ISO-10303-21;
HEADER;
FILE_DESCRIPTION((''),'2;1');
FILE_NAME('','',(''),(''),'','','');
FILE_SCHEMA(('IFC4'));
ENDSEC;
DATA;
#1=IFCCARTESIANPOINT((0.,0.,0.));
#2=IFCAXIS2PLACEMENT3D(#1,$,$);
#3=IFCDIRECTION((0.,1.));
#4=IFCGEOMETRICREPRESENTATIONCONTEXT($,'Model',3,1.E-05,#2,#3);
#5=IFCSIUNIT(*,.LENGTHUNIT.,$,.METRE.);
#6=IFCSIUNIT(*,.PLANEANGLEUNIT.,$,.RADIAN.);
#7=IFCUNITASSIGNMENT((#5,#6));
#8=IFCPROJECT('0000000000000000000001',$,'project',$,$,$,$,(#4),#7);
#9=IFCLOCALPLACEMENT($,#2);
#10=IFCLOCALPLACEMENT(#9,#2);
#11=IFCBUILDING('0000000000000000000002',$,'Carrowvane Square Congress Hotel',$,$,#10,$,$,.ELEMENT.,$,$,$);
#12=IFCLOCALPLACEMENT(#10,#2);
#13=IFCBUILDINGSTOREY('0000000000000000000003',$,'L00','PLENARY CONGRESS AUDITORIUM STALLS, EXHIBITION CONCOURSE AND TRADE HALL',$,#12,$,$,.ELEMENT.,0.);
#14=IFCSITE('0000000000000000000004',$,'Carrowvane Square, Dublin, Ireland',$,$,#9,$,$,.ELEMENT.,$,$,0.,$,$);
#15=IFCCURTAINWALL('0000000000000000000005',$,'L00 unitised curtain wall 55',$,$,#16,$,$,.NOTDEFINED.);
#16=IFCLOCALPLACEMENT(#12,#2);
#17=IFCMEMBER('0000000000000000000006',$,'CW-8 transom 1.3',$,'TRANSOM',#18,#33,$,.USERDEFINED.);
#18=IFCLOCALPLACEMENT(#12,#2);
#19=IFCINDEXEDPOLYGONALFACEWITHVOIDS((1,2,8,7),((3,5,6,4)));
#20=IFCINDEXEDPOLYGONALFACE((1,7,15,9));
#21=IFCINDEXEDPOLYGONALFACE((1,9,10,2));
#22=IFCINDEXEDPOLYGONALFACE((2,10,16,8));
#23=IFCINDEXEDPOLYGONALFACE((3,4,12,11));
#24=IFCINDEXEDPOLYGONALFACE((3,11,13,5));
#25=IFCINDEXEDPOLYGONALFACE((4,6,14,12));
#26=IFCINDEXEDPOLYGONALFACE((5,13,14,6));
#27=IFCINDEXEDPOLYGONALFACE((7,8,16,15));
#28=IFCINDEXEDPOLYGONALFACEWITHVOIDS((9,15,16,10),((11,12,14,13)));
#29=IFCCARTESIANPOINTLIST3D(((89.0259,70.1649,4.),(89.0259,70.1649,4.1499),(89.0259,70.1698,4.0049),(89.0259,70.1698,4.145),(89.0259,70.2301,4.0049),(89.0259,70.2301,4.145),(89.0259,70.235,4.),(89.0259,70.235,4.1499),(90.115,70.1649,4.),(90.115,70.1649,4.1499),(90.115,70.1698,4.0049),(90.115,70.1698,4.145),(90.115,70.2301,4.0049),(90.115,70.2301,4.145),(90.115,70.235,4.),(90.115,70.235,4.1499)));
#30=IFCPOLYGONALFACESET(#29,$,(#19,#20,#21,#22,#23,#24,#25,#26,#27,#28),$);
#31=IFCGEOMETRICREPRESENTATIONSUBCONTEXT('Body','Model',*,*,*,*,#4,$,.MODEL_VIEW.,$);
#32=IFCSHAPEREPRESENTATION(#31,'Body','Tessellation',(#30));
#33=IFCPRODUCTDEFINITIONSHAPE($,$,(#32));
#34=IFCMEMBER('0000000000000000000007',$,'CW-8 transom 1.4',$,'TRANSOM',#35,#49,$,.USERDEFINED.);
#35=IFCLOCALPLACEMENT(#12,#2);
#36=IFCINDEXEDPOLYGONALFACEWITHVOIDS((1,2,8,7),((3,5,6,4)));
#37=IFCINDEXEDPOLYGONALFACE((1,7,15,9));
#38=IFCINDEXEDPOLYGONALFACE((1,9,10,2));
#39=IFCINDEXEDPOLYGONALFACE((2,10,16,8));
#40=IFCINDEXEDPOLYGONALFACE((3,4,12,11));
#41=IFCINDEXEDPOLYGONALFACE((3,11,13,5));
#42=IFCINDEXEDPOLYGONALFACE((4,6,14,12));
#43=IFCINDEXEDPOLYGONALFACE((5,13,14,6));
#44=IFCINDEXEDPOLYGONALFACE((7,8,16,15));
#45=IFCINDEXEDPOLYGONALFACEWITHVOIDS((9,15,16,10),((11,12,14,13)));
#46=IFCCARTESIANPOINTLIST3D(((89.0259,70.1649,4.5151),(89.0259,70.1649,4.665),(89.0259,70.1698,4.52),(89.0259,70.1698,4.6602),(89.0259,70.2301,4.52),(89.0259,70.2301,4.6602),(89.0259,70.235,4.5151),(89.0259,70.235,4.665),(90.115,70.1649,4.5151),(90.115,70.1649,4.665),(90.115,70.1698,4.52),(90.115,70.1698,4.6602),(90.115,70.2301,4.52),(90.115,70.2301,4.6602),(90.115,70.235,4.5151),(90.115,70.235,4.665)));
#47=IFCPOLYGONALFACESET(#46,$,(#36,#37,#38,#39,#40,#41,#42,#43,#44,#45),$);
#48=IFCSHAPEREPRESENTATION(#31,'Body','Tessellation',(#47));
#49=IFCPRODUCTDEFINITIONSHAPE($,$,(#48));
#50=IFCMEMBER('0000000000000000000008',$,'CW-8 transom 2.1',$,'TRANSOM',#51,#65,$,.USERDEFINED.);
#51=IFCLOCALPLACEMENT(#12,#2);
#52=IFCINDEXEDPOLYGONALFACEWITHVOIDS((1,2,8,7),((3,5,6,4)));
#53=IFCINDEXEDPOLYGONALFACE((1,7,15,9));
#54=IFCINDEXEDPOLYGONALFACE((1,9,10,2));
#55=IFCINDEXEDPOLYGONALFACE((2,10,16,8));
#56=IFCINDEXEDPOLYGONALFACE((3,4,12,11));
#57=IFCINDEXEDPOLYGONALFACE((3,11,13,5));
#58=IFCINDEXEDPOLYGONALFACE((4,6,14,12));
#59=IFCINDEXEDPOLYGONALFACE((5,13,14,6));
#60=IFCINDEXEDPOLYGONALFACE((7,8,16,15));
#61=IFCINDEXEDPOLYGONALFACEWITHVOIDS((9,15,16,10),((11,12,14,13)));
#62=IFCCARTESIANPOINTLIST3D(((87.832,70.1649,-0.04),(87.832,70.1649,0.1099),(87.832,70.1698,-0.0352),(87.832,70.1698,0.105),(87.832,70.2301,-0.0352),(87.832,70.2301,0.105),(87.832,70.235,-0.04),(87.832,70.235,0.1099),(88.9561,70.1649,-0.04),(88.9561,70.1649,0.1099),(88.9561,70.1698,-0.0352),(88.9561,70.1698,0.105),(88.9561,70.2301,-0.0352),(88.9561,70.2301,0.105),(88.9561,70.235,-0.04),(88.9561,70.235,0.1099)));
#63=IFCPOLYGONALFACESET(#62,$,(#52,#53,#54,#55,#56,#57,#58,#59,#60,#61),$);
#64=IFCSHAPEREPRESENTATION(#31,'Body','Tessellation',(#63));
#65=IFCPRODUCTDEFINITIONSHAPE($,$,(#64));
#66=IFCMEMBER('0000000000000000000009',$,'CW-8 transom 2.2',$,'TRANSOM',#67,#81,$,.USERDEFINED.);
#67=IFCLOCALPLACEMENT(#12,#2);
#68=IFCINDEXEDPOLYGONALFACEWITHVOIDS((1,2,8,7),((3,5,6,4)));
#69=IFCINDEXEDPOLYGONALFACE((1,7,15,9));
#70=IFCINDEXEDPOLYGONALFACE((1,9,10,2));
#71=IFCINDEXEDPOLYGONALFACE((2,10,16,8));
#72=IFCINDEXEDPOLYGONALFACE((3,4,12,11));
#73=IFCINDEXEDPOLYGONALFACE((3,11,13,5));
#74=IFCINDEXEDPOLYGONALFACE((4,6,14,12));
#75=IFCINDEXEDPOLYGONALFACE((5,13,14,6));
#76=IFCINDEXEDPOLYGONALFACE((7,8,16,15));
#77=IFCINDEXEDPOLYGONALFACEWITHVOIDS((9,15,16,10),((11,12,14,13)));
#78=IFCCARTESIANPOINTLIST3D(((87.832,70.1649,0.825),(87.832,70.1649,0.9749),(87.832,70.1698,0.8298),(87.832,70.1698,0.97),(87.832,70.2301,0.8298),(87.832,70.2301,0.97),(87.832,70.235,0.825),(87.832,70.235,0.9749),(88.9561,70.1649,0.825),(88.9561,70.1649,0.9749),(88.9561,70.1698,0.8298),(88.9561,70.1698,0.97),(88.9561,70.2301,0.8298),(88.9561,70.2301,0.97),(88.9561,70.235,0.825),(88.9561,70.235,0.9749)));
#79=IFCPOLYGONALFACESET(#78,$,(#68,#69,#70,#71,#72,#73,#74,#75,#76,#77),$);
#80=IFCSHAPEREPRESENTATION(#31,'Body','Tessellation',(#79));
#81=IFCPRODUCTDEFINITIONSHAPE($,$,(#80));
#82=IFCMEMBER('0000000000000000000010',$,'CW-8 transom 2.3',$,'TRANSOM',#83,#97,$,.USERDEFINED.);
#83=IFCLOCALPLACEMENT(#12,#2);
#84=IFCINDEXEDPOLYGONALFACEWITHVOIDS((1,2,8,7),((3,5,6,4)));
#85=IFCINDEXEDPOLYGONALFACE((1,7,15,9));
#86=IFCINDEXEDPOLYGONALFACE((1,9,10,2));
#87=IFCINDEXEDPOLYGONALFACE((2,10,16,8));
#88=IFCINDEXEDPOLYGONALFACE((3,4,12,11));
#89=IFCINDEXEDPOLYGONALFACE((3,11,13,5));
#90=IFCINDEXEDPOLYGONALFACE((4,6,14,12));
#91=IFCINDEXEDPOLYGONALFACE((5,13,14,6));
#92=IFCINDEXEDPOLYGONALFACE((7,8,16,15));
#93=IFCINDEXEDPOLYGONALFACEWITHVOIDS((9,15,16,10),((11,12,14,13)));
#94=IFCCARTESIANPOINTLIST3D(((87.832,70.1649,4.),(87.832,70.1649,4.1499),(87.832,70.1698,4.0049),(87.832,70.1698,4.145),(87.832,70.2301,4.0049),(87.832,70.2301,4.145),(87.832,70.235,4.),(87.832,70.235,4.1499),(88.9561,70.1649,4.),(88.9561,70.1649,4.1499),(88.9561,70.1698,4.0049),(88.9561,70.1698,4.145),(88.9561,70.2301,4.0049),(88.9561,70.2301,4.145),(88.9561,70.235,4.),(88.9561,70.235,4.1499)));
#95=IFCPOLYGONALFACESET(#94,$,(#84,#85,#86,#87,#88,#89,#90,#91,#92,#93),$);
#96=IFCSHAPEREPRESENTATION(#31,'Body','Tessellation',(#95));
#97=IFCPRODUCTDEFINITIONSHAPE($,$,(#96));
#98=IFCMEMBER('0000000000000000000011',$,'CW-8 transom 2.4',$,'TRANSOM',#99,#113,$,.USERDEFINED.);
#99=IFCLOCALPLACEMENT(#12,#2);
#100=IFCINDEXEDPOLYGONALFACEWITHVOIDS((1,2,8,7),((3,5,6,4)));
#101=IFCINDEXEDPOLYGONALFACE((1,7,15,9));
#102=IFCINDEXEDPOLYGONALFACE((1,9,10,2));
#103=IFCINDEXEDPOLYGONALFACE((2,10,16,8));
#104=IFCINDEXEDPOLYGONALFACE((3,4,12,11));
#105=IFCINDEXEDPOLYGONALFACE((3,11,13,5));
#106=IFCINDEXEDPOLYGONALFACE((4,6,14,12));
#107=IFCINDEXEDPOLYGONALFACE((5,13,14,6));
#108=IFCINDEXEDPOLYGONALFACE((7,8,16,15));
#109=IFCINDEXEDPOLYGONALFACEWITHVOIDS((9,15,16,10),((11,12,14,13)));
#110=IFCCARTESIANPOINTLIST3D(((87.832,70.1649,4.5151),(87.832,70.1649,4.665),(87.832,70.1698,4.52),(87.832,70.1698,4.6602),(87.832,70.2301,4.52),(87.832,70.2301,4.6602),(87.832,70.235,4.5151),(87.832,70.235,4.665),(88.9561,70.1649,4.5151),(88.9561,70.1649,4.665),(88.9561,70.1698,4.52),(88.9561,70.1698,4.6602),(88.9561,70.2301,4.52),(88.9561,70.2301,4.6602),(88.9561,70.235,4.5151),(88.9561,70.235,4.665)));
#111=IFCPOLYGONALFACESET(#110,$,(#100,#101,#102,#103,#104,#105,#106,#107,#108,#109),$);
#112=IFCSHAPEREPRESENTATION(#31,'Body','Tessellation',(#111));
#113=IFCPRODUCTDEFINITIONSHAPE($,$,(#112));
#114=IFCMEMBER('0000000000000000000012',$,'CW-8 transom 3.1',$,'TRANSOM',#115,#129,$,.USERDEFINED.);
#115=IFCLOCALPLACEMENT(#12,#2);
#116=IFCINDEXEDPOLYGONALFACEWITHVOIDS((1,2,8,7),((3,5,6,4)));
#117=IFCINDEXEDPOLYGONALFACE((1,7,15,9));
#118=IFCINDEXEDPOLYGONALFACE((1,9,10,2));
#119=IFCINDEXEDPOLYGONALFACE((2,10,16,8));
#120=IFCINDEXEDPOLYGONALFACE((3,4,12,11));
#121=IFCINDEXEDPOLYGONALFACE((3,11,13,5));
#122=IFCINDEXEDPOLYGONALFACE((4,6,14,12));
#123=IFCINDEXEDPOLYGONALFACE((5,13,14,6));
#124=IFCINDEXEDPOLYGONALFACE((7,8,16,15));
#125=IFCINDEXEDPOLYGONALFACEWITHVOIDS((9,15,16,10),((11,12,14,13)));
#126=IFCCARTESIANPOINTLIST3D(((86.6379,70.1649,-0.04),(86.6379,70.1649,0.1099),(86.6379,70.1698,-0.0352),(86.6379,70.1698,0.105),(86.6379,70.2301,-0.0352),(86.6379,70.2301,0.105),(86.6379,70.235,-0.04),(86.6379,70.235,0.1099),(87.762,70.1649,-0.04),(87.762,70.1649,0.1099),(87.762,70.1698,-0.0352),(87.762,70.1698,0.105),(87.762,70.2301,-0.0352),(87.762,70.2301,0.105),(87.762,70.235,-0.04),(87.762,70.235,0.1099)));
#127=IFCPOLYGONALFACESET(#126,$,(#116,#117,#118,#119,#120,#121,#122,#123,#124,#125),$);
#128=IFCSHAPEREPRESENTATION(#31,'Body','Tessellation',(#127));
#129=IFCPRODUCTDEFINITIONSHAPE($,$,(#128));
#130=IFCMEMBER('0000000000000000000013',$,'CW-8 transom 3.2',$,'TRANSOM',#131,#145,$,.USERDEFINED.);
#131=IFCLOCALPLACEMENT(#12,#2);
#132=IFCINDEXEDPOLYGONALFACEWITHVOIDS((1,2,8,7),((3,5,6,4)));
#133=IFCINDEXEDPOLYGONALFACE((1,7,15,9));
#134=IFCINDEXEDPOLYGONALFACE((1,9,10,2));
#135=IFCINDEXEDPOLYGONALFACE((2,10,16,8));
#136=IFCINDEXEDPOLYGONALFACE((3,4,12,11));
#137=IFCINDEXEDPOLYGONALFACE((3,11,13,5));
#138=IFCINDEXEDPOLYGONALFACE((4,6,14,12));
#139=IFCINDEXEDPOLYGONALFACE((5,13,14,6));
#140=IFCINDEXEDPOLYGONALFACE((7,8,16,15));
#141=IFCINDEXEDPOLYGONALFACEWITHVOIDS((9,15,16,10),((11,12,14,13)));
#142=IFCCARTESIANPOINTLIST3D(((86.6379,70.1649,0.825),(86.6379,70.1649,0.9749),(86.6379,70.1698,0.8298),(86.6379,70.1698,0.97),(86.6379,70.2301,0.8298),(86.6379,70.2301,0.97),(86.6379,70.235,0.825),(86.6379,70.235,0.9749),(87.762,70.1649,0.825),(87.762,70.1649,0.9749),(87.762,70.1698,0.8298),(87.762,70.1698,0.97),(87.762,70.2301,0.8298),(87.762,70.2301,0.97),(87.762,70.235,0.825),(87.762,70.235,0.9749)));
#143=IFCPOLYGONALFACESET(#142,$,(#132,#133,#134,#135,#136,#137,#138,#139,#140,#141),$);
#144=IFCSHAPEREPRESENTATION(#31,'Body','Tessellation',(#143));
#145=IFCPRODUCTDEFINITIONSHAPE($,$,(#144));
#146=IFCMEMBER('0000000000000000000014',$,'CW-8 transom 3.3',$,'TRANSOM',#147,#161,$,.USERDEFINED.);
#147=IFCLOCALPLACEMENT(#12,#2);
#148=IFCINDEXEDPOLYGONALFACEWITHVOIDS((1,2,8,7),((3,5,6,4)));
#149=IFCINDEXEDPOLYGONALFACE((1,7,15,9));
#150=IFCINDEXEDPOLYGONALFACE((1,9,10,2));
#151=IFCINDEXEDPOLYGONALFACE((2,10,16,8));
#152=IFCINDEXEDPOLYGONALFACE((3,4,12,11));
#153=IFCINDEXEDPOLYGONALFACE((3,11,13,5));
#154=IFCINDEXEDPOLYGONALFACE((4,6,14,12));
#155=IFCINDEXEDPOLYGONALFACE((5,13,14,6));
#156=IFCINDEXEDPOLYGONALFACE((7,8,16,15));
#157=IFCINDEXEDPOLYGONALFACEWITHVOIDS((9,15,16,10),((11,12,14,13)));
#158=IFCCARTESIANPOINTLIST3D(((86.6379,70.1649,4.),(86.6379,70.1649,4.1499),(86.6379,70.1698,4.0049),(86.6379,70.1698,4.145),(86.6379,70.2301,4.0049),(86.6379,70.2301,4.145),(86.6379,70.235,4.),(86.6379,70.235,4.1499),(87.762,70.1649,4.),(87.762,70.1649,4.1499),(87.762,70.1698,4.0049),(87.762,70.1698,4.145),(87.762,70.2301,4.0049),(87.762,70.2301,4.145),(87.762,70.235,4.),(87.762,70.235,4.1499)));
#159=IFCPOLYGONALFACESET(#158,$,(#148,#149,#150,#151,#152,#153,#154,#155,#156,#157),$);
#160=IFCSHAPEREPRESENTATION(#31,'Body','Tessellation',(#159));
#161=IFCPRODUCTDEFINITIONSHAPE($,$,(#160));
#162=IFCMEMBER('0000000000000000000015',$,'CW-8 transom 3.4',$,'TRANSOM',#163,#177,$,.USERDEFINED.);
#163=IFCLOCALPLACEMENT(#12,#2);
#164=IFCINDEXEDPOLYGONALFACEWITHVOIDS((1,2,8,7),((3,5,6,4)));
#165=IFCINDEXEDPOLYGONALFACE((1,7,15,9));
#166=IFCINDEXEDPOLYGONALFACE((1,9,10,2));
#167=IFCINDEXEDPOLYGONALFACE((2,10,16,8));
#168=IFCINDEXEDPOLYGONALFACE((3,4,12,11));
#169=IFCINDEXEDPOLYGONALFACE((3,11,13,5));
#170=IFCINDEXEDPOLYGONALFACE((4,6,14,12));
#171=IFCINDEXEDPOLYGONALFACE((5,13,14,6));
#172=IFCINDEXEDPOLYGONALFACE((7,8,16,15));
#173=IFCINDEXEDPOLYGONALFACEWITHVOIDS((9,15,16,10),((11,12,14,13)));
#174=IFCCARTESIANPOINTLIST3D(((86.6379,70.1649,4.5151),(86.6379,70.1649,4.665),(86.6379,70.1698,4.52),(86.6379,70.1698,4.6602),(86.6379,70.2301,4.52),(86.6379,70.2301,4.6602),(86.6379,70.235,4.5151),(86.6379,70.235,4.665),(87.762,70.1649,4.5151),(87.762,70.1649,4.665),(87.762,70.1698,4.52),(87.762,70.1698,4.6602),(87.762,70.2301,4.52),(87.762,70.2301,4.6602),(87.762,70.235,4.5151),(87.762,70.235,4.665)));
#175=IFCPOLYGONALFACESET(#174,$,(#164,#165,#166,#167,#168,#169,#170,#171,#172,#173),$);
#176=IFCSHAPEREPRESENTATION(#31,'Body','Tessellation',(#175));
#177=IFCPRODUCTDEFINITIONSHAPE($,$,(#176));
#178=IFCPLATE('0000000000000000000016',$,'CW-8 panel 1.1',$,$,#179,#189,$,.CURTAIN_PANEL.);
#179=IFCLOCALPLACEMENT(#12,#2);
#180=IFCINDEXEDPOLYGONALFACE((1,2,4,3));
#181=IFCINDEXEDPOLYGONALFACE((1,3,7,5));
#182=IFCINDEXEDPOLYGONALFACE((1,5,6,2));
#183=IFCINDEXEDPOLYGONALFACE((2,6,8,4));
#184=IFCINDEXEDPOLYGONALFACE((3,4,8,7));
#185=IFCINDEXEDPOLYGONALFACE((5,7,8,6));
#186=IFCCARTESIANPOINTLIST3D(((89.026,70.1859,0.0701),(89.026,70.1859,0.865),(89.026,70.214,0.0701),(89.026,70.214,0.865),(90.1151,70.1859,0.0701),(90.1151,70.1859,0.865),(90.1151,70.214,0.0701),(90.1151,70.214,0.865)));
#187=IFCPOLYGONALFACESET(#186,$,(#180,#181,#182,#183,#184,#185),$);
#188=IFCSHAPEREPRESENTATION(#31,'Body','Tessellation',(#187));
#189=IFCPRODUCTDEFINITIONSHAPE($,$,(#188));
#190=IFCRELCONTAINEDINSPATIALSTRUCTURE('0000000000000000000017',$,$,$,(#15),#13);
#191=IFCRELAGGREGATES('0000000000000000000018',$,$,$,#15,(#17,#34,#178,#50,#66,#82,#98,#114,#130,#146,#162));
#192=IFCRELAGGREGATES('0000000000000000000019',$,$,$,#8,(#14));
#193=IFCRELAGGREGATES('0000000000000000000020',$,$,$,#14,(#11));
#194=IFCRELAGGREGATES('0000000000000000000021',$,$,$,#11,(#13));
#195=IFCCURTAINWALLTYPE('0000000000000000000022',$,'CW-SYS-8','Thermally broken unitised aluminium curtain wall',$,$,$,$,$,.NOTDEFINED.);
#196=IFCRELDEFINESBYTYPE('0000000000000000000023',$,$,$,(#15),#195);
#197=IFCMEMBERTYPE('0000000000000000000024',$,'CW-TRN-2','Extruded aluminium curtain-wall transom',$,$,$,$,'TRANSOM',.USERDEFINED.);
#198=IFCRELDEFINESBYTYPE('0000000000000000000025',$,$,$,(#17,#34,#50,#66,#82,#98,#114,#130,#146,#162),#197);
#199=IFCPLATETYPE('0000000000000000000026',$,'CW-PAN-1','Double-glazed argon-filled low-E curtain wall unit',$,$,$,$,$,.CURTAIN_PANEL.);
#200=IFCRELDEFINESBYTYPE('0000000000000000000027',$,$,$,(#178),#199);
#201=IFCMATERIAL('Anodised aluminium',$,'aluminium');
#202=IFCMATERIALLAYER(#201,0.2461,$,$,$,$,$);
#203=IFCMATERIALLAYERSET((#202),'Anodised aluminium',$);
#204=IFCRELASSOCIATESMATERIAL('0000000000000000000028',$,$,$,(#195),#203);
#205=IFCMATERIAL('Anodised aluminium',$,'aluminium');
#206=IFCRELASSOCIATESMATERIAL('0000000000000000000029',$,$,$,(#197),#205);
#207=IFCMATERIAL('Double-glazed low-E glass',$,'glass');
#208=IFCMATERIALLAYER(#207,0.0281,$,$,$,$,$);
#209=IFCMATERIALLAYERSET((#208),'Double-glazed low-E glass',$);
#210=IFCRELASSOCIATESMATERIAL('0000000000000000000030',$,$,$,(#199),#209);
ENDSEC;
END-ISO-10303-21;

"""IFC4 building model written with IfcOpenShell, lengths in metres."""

from ifc_helpers import new_model, si_unit, direction, frame, origin, origin_2d, place, context, subcontext, project, spatial, rectangle, hollow_rectangle, extrude, material, layer, layer_set, material_profile, profile_set, type_object, element, aggregate, save


model = new_model("IFC4")

# Units and contexts
model_context = context("Model", 3, precision=1e-05, world=origin(), true_north=direction((0.0, 1.0)))
body_context = subcontext(model_context, "Body", "Model", "MODEL_VIEW")
ifc_project = project(units=[si_unit("LENGTHUNIT", "METRE"), si_unit("PLANEANGLEUNIT", "RADIAN")], contexts=[model_context])

# Site, building, storey
site_placement = place(None, origin())
site = spatial("IfcSite", under=ifc_project, at=site_placement, Name="Carrowvane Square, Dublin, Ireland", CompositionType="ELEMENT", RefElevation=0.0)
building_placement = place(site_placement, origin())
building = spatial("IfcBuilding", under=site, at=building_placement, Name="Carrowvane Square Congress Hotel", CompositionType="ELEMENT")
storey_placement = place(building_placement, origin())
storey = spatial("IfcBuildingStorey", under=building, at=storey_placement, Name="L00", Description="PLENARY CONGRESS AUDITORIUM STALLS, EXHIBITION CONCOURSE AND TRADE HALL", CompositionType="ELEMENT", Elevation=0.0)

# Curtain wall
ifc_material_1 = material(Name="Anodised aluminium", Category="aluminium")
ifc_layer_1 = layer(ifc_material_1, 0.2461)
ifc_layer_set_1 = layer_set([ifc_layer_1], Name="Anodised aluminium")
curtain_wall_type_1 = type_object("IfcCurtainWallType", Name="CW-SYS-8", Description="Thermally broken unitised aluminium curtain wall", PredefinedType="NOTDEFINED", material=ifc_layer_set_1)
curtain_wall_1_placement = place(storey_placement, origin())
curtain_wall_1 = element("IfcCurtainWall", 1, at=curtain_wall_1_placement, inside=storey, type_object=curtain_wall_type_1, Name="L00 unitised curtain wall 55", PredefinedType="NOTDEFINED")

# Members
ifc_material_2 = material(Name="Anodised aluminium", Category="aluminium")
ifc_material_profile_1 = material_profile(ifc_material_2, hollow_rectangle(XDim=0.0701, YDim=0.1499, WallThickness=0.0049, at=origin_2d()), Name="CW-TR 70x150x5")
ifc_profile_set_1 = profile_set([ifc_material_profile_1], Name="Anodised aluminium")
member_type_1 = type_object("IfcMemberType", Name="CW-TRN-2", Description="Extruded aluminium curtain-wall transom", ElementType="TRANSOM", PredefinedType="USERDEFINED", material=ifc_profile_set_1)
member_1_placement = place(storey_placement, frame((90.115, 70.2, 4.075), z_axis=(-1.0, 0.0, 0.0), x_axis=(0.0, -1.0, 0.0)))
member_1 = element("IfcMember", 2, at=member_1_placement, type_object=member_type_1, Name="CW-8 transom 1.3", ObjectType="TRANSOM", PredefinedType="USERDEFINED", context=body_context, shape_type="SweptSolid", body=[
    extrude(hollow_rectangle(XDim=0.0701, YDim=0.1499, WallThickness=0.0049, at=origin_2d()), origin(), (0.0, 0.0, 1.0), 1.0891),
])
member_2_placement = place(storey_placement, frame((90.115, 70.2, 4.5901), z_axis=(-1.0, 0.0, 0.0), x_axis=(0.0, -1.0, 0.0)))
member_2 = element("IfcMember", 3, at=member_2_placement, type_object=member_type_1, Name="CW-8 transom 1.4", ObjectType="TRANSOM", PredefinedType="USERDEFINED", context=body_context, shape_type="SweptSolid", body=[
    extrude(hollow_rectangle(XDim=0.0701, YDim=0.1499, WallThickness=0.0049, at=origin_2d()), origin(), (0.0, 0.0, 1.0), 1.0891),
])
member_3_placement = place(storey_placement, frame((88.9561, 70.2, 0.0349), z_axis=(-1.0, 0.0, 0.0), x_axis=(0.0, -1.0, 0.0)))
member_3 = element("IfcMember", 4, at=member_3_placement, type_object=member_type_1, Name="CW-8 transom 2.1", ObjectType="TRANSOM", PredefinedType="USERDEFINED", context=body_context, shape_type="SweptSolid", body=[
    extrude(hollow_rectangle(XDim=0.0701, YDim=0.1499, WallThickness=0.0049, at=origin_2d()), origin(), (0.0, 0.0, 1.0), 1.124),
])
member_4_placement = place(storey_placement, frame((88.9561, 70.2, 0.8999), z_axis=(-1.0, 0.0, 0.0), x_axis=(0.0, -1.0, 0.0)))
member_4 = element("IfcMember", 5, at=member_4_placement, type_object=member_type_1, Name="CW-8 transom 2.2", ObjectType="TRANSOM", PredefinedType="USERDEFINED", context=body_context, shape_type="SweptSolid", body=[
    extrude(hollow_rectangle(XDim=0.0701, YDim=0.1499, WallThickness=0.0049, at=origin_2d()), origin(), (0.0, 0.0, 1.0), 1.124),
])
member_5_placement = place(storey_placement, frame((88.9561, 70.2, 4.075), z_axis=(-1.0, 0.0, 0.0), x_axis=(0.0, -1.0, 0.0)))
member_5 = element("IfcMember", 6, at=member_5_placement, type_object=member_type_1, Name="CW-8 transom 2.3", ObjectType="TRANSOM", PredefinedType="USERDEFINED", context=body_context, shape_type="SweptSolid", body=[
    extrude(hollow_rectangle(XDim=0.0701, YDim=0.1499, WallThickness=0.0049, at=origin_2d()), origin(), (0.0, 0.0, 1.0), 1.124),
])
member_6_placement = place(storey_placement, frame((88.9561, 70.2, 4.5901), z_axis=(-1.0, 0.0, 0.0), x_axis=(0.0, -1.0, 0.0)))
member_6 = element("IfcMember", 7, at=member_6_placement, type_object=member_type_1, Name="CW-8 transom 2.4", ObjectType="TRANSOM", PredefinedType="USERDEFINED", context=body_context, shape_type="SweptSolid", body=[
    extrude(hollow_rectangle(XDim=0.0701, YDim=0.1499, WallThickness=0.0049, at=origin_2d()), origin(), (0.0, 0.0, 1.0), 1.124),
])
member_7_placement = place(storey_placement, frame((87.762, 70.2, 0.0349), z_axis=(-1.0, 0.0, 0.0), x_axis=(0.0, -1.0, 0.0)))
member_7 = element("IfcMember", 8, at=member_7_placement, type_object=member_type_1, Name="CW-8 transom 3.1", ObjectType="TRANSOM", PredefinedType="USERDEFINED", context=body_context, shape_type="SweptSolid", body=[
    extrude(hollow_rectangle(XDim=0.0701, YDim=0.1499, WallThickness=0.0049, at=origin_2d()), origin(), (0.0, 0.0, 1.0), 1.124),
])
member_8_placement = place(storey_placement, frame((87.762, 70.2, 0.8999), z_axis=(-1.0, 0.0, 0.0), x_axis=(0.0, -1.0, 0.0)))
member_8 = element("IfcMember", 9, at=member_8_placement, type_object=member_type_1, Name="CW-8 transom 3.2", ObjectType="TRANSOM", PredefinedType="USERDEFINED", context=body_context, shape_type="SweptSolid", body=[
    extrude(hollow_rectangle(XDim=0.0701, YDim=0.1499, WallThickness=0.0049, at=origin_2d()), origin(), (0.0, 0.0, 1.0), 1.124),
])
member_9_placement = place(storey_placement, frame((87.762, 70.2, 4.075), z_axis=(-1.0, 0.0, 0.0), x_axis=(0.0, -1.0, 0.0)))
member_9 = element("IfcMember", 10, at=member_9_placement, type_object=member_type_1, Name="CW-8 transom 3.3", ObjectType="TRANSOM", PredefinedType="USERDEFINED", context=body_context, shape_type="SweptSolid", body=[
    extrude(hollow_rectangle(XDim=0.0701, YDim=0.1499, WallThickness=0.0049, at=origin_2d()), origin(), (0.0, 0.0, 1.0), 1.124),
])
member_10_placement = place(storey_placement, frame((87.762, 70.2, 4.5901), z_axis=(-1.0, 0.0, 0.0), x_axis=(0.0, -1.0, 0.0)))
member_10 = element("IfcMember", 11, at=member_10_placement, type_object=member_type_1, Name="CW-8 transom 3.4", ObjectType="TRANSOM", PredefinedType="USERDEFINED", context=body_context, shape_type="SweptSolid", body=[
    extrude(hollow_rectangle(XDim=0.0701, YDim=0.1499, WallThickness=0.0049, at=origin_2d()), origin(), (0.0, 0.0, 1.0), 1.124),
])

# Plate
ifc_material_3 = material(Name="Double-glazed low-E glass", Category="glass")
ifc_layer_2 = layer(ifc_material_3, 0.0281)
ifc_layer_set_2 = layer_set([ifc_layer_2], Name="Double-glazed low-E glass")
plate_type_1 = type_object("IfcPlateType", Name="CW-PAN-1", Description="Double-glazed argon-filled low-E curtain wall unit", PredefinedType="CURTAIN_PANEL", material=ifc_layer_set_2)
plate_1_placement = place(storey_placement, frame((89.5706, 70.2, 0.0701), z_axis=(0.0, 0.0, 1.0), x_axis=(-1.0, 0.0, 0.0)))
plate_1 = element("IfcPlate", 12, at=plate_1_placement, type_object=plate_type_1, Name="CW-8 panel 1.1", PredefinedType="CURTAIN_PANEL", context=body_context, shape_type="SweptSolid", body=[
    extrude(rectangle(XDim=1.0891, YDim=0.0281, at=origin_2d()), origin(), (0.0, 0.0, 1.0), 0.7949),
])
aggregate(curtain_wall_1, [member_1, member_2, plate_1, member_3, member_4, member_5, member_6, member_7, member_8, member_9, member_10])

save(model, "model.ifc")
